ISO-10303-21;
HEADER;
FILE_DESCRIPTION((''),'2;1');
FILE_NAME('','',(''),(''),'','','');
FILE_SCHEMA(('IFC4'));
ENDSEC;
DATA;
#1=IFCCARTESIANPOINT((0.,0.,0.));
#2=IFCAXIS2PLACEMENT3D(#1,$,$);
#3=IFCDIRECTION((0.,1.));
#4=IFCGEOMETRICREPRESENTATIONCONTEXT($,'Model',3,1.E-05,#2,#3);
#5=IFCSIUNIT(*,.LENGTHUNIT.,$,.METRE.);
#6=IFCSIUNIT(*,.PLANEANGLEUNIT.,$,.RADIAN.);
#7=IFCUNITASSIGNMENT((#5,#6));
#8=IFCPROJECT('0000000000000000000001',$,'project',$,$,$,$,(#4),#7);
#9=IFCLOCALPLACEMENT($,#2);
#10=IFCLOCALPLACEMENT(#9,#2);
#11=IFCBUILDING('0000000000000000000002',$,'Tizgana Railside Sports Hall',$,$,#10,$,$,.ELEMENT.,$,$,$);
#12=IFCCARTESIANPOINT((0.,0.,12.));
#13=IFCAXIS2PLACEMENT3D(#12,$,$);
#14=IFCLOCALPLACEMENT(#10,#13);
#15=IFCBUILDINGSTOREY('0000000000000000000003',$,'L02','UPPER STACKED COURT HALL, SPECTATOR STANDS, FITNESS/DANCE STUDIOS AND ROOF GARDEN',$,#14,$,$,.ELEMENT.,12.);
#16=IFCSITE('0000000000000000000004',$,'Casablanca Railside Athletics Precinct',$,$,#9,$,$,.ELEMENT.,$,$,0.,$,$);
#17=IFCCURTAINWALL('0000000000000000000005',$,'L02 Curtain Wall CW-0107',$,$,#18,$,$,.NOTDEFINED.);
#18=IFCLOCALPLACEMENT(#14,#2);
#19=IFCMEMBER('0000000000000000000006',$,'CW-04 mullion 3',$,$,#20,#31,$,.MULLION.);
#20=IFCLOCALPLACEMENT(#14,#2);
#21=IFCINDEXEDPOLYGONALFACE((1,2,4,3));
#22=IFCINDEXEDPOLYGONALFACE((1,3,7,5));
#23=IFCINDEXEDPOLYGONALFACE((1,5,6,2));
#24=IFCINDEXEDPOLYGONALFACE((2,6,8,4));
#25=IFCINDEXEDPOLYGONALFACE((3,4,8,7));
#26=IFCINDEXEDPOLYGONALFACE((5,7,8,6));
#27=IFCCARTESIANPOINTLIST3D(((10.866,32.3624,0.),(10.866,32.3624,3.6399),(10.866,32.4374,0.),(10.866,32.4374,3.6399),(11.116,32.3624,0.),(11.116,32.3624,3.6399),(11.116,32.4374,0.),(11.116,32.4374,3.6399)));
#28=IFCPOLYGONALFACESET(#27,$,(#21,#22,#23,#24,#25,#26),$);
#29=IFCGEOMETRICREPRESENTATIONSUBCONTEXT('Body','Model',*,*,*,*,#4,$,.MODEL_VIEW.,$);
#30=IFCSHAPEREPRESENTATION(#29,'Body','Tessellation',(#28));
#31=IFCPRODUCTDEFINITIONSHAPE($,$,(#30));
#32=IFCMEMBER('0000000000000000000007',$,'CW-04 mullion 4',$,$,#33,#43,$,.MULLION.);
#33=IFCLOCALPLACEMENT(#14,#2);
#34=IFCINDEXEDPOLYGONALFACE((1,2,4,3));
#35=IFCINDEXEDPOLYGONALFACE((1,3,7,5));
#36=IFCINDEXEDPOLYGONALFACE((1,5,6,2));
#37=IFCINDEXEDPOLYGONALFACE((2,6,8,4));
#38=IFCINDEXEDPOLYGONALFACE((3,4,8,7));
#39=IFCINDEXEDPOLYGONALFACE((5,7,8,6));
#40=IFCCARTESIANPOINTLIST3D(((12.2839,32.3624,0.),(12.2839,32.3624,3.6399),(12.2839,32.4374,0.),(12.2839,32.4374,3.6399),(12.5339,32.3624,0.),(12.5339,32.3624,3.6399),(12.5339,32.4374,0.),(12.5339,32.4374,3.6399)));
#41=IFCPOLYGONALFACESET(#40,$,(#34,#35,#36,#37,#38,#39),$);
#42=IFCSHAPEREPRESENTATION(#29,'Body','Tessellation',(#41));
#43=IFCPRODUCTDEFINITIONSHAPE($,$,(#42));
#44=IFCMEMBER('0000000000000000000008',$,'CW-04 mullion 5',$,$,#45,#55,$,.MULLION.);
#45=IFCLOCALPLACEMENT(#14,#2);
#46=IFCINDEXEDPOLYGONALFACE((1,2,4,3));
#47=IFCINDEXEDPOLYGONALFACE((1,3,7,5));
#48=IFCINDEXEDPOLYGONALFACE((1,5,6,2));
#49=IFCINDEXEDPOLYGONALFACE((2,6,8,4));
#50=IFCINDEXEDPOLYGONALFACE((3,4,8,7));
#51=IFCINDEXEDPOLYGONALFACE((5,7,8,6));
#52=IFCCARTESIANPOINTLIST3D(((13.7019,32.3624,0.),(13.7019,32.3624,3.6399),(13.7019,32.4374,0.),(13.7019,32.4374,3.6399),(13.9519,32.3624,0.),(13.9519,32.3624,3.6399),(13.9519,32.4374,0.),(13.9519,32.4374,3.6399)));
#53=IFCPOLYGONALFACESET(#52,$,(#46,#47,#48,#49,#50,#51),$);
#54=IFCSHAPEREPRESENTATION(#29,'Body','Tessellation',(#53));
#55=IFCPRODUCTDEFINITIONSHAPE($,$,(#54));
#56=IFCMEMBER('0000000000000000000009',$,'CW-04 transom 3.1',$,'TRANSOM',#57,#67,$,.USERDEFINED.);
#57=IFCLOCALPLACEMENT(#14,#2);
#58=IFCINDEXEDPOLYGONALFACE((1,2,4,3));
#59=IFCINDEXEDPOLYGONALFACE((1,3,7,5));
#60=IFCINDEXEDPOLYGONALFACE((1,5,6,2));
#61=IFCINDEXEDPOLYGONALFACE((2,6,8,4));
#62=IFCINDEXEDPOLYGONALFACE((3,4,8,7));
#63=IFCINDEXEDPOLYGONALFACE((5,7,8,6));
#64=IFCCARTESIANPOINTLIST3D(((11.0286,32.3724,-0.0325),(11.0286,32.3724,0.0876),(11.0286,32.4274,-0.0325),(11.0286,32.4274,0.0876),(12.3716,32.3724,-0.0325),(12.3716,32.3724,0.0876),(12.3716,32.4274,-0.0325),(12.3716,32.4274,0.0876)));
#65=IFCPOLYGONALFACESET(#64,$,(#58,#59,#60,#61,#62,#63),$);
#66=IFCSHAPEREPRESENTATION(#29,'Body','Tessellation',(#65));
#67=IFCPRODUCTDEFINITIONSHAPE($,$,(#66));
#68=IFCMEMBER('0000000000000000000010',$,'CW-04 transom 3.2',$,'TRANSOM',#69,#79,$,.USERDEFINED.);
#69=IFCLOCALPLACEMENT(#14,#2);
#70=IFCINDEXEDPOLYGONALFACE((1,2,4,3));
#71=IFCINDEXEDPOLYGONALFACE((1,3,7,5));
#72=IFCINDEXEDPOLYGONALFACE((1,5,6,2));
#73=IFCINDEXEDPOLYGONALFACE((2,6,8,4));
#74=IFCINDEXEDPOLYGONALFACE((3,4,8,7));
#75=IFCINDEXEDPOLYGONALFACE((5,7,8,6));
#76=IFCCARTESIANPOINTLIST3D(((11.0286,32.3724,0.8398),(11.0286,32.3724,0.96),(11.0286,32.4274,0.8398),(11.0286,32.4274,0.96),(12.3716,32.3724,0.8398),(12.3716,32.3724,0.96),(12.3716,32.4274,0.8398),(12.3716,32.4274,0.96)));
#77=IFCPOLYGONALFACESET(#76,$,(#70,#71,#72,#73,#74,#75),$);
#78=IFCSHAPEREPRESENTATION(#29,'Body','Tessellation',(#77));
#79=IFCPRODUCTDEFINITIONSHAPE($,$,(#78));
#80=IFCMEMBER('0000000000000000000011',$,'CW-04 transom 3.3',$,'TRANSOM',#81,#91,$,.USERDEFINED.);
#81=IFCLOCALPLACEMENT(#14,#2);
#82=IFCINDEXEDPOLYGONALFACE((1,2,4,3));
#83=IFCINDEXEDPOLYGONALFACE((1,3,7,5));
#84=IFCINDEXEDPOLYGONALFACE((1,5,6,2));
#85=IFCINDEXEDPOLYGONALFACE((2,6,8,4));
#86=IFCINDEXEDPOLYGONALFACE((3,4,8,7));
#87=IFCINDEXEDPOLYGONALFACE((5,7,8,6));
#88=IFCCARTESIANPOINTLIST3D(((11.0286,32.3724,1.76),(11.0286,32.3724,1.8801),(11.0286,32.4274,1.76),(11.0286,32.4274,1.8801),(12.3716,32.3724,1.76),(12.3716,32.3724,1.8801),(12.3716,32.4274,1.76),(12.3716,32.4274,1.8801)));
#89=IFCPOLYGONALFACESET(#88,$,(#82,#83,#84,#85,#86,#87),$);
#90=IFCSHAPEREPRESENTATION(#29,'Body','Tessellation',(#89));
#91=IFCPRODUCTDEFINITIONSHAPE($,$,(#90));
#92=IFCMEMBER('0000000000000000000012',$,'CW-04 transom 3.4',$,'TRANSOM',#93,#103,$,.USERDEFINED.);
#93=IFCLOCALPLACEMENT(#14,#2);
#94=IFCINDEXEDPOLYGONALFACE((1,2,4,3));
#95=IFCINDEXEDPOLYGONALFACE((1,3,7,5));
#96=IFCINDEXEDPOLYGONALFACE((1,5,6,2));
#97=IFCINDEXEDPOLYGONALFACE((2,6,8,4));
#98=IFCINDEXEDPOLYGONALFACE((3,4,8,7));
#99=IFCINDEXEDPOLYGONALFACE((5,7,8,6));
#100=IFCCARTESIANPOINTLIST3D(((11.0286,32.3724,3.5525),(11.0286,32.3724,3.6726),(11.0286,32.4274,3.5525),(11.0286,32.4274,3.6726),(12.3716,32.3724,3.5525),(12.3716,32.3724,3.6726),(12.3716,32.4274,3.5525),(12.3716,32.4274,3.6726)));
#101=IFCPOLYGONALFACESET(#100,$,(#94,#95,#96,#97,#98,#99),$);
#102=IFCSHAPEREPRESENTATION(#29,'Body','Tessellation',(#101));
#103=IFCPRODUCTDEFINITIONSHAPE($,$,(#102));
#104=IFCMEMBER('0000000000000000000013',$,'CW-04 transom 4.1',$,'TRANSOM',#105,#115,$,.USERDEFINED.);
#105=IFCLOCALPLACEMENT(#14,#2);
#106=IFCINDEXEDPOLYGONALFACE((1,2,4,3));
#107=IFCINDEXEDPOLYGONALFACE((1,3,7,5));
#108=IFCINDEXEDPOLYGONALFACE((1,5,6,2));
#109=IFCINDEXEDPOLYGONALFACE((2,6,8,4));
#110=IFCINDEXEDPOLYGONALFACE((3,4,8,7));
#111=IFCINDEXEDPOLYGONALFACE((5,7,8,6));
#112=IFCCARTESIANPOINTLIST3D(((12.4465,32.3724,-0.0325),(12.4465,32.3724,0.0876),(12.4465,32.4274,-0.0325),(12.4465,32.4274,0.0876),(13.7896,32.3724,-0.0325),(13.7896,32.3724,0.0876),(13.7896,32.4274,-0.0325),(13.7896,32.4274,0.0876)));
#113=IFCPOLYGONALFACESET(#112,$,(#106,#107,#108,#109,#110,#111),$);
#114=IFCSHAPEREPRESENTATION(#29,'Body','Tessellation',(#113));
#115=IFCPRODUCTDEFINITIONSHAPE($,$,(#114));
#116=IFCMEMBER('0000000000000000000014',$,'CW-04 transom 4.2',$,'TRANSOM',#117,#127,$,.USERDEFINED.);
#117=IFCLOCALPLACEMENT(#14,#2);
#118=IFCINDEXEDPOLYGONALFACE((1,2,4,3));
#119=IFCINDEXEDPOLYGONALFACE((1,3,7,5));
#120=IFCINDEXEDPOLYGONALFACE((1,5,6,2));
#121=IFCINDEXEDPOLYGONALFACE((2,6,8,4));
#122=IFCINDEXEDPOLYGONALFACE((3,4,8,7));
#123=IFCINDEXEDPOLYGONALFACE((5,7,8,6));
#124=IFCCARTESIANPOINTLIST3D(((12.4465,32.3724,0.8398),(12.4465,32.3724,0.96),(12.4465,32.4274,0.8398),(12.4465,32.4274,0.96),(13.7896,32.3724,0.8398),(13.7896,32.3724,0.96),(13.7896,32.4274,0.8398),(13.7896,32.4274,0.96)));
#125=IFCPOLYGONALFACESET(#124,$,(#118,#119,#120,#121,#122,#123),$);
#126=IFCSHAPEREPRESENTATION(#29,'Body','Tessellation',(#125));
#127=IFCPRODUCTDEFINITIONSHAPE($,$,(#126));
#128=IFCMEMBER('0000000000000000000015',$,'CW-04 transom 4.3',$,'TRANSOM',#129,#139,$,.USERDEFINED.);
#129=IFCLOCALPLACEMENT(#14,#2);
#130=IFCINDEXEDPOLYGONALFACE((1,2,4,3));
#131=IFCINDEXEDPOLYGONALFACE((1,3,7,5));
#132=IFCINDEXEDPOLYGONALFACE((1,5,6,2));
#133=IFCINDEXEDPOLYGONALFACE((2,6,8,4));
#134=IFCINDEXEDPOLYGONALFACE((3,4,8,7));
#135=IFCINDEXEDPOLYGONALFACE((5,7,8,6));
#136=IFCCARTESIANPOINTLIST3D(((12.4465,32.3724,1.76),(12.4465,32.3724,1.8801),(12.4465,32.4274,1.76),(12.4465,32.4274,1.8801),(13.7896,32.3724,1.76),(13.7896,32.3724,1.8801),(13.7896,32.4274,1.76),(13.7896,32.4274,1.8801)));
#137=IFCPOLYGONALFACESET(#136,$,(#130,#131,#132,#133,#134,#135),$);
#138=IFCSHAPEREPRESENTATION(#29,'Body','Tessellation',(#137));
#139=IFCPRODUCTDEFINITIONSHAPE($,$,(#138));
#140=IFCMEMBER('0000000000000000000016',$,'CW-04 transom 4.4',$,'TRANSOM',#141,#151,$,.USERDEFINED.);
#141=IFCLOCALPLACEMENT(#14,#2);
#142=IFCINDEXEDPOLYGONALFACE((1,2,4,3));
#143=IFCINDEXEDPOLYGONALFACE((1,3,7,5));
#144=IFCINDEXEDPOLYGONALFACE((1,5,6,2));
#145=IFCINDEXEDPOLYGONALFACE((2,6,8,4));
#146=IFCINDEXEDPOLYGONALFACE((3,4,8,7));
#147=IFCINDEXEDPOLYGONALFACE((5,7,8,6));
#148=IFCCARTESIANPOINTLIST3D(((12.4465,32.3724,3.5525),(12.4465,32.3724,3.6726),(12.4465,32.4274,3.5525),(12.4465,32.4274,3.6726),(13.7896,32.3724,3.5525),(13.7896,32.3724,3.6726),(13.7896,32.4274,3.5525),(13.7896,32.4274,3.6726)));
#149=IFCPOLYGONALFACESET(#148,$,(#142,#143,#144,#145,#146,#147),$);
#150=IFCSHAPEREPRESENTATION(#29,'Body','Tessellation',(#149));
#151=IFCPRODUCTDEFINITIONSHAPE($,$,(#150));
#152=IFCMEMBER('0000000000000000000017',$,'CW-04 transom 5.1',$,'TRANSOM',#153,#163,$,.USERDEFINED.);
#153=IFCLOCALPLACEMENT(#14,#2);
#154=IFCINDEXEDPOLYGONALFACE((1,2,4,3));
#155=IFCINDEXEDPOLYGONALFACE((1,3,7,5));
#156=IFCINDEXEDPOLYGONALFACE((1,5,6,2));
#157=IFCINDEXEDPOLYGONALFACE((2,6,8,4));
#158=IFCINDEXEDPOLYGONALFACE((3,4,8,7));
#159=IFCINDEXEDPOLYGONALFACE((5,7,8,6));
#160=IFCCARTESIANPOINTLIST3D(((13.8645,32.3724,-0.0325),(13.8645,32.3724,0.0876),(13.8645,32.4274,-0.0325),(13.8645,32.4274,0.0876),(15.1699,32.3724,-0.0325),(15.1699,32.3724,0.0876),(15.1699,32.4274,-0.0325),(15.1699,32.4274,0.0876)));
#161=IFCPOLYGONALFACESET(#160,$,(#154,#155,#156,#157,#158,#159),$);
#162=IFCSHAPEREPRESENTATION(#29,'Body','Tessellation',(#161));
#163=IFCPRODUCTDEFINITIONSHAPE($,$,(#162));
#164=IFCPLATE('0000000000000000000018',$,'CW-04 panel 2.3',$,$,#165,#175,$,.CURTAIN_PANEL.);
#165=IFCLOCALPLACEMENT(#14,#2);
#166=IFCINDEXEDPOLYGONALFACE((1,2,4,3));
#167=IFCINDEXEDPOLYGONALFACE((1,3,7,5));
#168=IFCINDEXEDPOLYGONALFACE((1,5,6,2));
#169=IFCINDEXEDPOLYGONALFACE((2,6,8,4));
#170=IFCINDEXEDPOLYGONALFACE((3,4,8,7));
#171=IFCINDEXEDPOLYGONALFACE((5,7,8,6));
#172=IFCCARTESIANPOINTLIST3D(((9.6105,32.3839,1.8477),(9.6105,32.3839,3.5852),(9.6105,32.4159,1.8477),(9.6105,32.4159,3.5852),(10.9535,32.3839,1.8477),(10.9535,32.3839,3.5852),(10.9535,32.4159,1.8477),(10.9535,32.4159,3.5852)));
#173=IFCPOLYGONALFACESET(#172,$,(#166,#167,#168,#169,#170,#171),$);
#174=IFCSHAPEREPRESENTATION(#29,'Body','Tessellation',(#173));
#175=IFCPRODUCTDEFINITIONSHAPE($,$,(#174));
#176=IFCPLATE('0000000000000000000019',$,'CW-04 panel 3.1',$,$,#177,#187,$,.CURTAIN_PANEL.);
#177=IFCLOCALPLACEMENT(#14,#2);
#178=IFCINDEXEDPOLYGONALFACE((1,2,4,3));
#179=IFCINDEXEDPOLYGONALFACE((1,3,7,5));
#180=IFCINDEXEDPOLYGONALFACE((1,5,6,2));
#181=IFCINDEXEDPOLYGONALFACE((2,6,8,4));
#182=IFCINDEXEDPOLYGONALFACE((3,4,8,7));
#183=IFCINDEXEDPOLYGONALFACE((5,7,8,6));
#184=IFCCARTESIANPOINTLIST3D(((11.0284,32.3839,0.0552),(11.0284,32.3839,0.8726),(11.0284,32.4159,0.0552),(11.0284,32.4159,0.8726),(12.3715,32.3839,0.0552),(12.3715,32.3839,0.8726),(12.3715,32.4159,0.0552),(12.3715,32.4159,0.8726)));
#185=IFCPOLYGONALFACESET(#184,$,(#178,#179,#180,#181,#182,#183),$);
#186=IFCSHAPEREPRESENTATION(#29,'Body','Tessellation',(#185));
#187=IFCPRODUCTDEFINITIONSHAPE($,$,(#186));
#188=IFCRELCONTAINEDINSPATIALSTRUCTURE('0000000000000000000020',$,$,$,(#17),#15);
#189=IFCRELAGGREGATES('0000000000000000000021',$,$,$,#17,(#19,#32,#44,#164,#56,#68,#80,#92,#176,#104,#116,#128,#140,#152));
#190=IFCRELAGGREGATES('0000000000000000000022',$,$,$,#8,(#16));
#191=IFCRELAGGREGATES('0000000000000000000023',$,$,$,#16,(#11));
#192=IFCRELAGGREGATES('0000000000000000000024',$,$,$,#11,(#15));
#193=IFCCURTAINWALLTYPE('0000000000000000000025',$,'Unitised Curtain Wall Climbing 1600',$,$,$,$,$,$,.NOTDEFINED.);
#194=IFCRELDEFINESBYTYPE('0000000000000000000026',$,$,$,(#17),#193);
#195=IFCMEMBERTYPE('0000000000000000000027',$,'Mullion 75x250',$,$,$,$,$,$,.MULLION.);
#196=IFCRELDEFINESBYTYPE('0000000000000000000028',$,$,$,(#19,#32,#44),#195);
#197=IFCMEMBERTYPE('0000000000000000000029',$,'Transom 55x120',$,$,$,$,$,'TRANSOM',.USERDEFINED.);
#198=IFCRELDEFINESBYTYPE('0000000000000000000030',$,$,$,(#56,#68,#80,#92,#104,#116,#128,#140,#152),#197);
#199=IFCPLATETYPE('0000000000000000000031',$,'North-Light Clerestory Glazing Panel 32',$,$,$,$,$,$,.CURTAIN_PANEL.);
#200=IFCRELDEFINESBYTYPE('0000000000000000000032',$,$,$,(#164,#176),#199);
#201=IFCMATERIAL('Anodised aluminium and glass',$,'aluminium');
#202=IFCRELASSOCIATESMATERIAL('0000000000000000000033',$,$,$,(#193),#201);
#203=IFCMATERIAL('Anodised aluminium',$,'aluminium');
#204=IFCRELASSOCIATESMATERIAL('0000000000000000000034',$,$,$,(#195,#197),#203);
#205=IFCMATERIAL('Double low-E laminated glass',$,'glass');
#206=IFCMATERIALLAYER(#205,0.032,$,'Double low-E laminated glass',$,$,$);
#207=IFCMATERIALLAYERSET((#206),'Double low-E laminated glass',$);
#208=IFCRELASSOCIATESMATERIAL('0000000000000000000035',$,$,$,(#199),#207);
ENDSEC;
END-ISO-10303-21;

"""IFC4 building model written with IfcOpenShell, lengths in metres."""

from ifc_helpers import new_model, si_unit, direction, frame, origin, origin_2d, place, context, subcontext, project, spatial, rectangle, extrude, material, layer, layer_set, material_profile, profile_set, type_object, element, aggregate, save


model = new_model("IFC4")

# Units and contexts
model_context = context("Model", 3, precision=1e-05, world=origin(), true_north=direction((0.0, 1.0)))
body_context = subcontext(model_context, "Body", "Model", "MODEL_VIEW")
ifc_project = project(units=[si_unit("LENGTHUNIT", "METRE"), si_unit("PLANEANGLEUNIT", "RADIAN")], contexts=[model_context])

# Site, building, storey
site_placement = place(None, origin())
site = spatial("IfcSite", under=ifc_project, at=site_placement, Name="Casablanca Railside Athletics Precinct", CompositionType="ELEMENT", RefElevation=0.0)
building_placement = place(site_placement, origin())
building = spatial("IfcBuilding", under=site, at=building_placement, Name="Tizgana Railside Sports Hall", CompositionType="ELEMENT")
storey_placement = place(building_placement, frame((0.0, 0.0, 12.0)))
storey = spatial("IfcBuildingStorey", under=building, at=storey_placement, Name="L02", Description="UPPER STACKED COURT HALL, SPECTATOR STANDS, FITNESS/DANCE STUDIOS AND ROOF GARDEN", CompositionType="ELEMENT", Elevation=12.0)

# Curtain wall, members, plates
ifc_material_1 = material(Name="Anodised aluminium and glass", Category="aluminium")
curtain_wall_type = type_object("IfcCurtainWallType", Name="Unitised Curtain Wall Climbing 1600", PredefinedType="NOTDEFINED", material=ifc_material_1)
curtain_wall_placement = place(storey_placement, origin())
curtain_wall = element("IfcCurtainWall", 1, at=curtain_wall_placement, inside=storey, type_object=curtain_wall_type, Name="L02 Curtain Wall CW-0107", PredefinedType="NOTDEFINED")
ifc_material_2 = material(Name="Anodised aluminium", Category="aluminium")
ifc_material_profile_1 = material_profile(ifc_material_2, rectangle(XDim=0.075, YDim=0.25, at=origin_2d()), Name="Mullion 75x250")
ifc_profile_set_1 = profile_set([ifc_material_profile_1], Name="Anodised aluminium")
member_type_1 = type_object("IfcMemberType", Name="Mullion 75x250", PredefinedType="MULLION", material=ifc_profile_set_1)
member_1_placement = place(storey_placement, frame((10.991, 32.3999, 0.0), z_axis=(0.0, 0.0, 1.0), x_axis=(0.0, 1.0, 0.0)))
member_1 = element("IfcMember", 2, at=member_1_placement, type_object=member_type_1, Name="CW-04 mullion 3", PredefinedType="MULLION", context=body_context, shape_type="SweptSolid", body=[
    extrude(rectangle(XDim=0.075, YDim=0.25, at=origin_2d()), origin(), (0.0, 0.0, 1.0), 3.6399),
])
member_2_placement = place(storey_placement, frame((12.4089, 32.3999, 0.0), z_axis=(0.0, 0.0, 1.0), x_axis=(0.0, 1.0, 0.0)))
member_2 = element("IfcMember", 3, at=member_2_placement, type_object=member_type_1, Name="CW-04 mullion 4", PredefinedType="MULLION", context=body_context, shape_type="SweptSolid", body=[
    extrude(rectangle(XDim=0.075, YDim=0.25, at=origin_2d()), origin(), (0.0, 0.0, 1.0), 3.6399),
])
member_3_placement = place(storey_placement, frame((13.8269, 32.3999, 0.0), z_axis=(0.0, 0.0, 1.0), x_axis=(0.0, 1.0, 0.0)))
member_3 = element("IfcMember", 4, at=member_3_placement, type_object=member_type_1, Name="CW-04 mullion 5", PredefinedType="MULLION", context=body_context, shape_type="SweptSolid", body=[
    extrude(rectangle(XDim=0.075, YDim=0.25, at=origin_2d()), origin(), (0.0, 0.0, 1.0), 3.6399),
])
ifc_material_profile_2 = material_profile(ifc_material_2, rectangle(XDim=0.0549, YDim=0.1201, at=origin_2d()), Name="Transom 55x120")
ifc_profile_set_2 = profile_set([ifc_material_profile_2], Name="Anodised aluminium")
member_type_2 = type_object("IfcMemberType", Name="Transom 55x120", ElementType="TRANSOM", PredefinedType="USERDEFINED", material=ifc_profile_set_2)
member_4_placement = place(storey_placement, frame((11.0286, 32.3999, 0.0276), z_axis=(1.0, 0.0, 0.0), x_axis=(0.0, 1.0, 0.0)))
member_4 = element("IfcMember", 5, at=member_4_placement, type_object=member_type_2, Name="CW-04 transom 3.1", ObjectType="TRANSOM", PredefinedType="USERDEFINED", context=body_context, shape_type="SweptSolid", body=[
    extrude(rectangle(XDim=0.0549, YDim=0.1201, at=origin_2d()), origin(), (0.0, 0.0, 1.0), 1.343),
])
member_5_placement = place(storey_placement, frame((11.0286, 32.3999, 0.8999), z_axis=(1.0, 0.0, 0.0), x_axis=(0.0, 1.0, 0.0)))
member_5 = element("IfcMember", 6, at=member_5_placement, type_object=member_type_2, Name="CW-04 transom 3.2", ObjectType="TRANSOM", PredefinedType="USERDEFINED", context=body_context, shape_type="SweptSolid", body=[
    extrude(rectangle(XDim=0.0549, YDim=0.1201, at=origin_2d()), origin(), (0.0, 0.0, 1.0), 1.343),
])
member_6_placement = place(storey_placement, frame((11.0286, 32.3999, 1.8201), z_axis=(1.0, 0.0, 0.0), x_axis=(0.0, 1.0, 0.0)))
member_6 = element("IfcMember", 7, at=member_6_placement, type_object=member_type_2, Name="CW-04 transom 3.3", ObjectType="TRANSOM", PredefinedType="USERDEFINED", context=body_context, shape_type="SweptSolid", body=[
    extrude(rectangle(XDim=0.0549, YDim=0.1201, at=origin_2d()), origin(), (0.0, 0.0, 1.0), 1.343),
])
member_7_placement = place(storey_placement, frame((11.0286, 32.3999, 3.6125), z_axis=(1.0, 0.0, 0.0), x_axis=(0.0, 1.0, 0.0)))
member_7 = element("IfcMember", 8, at=member_7_placement, type_object=member_type_2, Name="CW-04 transom 3.4", ObjectType="TRANSOM", PredefinedType="USERDEFINED", context=body_context, shape_type="SweptSolid", body=[
    extrude(rectangle(XDim=0.0549, YDim=0.1201, at=origin_2d()), origin(), (0.0, 0.0, 1.0), 1.343),
])
member_8_placement = place(storey_placement, frame((12.4465, 32.3999, 0.0276), z_axis=(1.0, 0.0, 0.0), x_axis=(0.0, 1.0, 0.0)))
member_8 = element("IfcMember", 9, at=member_8_placement, type_object=member_type_2, Name="CW-04 transom 4.1", ObjectType="TRANSOM", PredefinedType="USERDEFINED", context=body_context, shape_type="SweptSolid", body=[
    extrude(rectangle(XDim=0.0549, YDim=0.1201, at=origin_2d()), origin(), (0.0, 0.0, 1.0), 1.343),
])
member_9_placement = place(storey_placement, frame((12.4465, 32.3999, 0.8999), z_axis=(1.0, 0.0, 0.0), x_axis=(0.0, 1.0, 0.0)))
member_9 = element("IfcMember", 10, at=member_9_placement, type_object=member_type_2, Name="CW-04 transom 4.2", ObjectType="TRANSOM", PredefinedType="USERDEFINED", context=body_context, shape_type="SweptSolid", body=[
    extrude(rectangle(XDim=0.0549, YDim=0.1201, at=origin_2d()), origin(), (0.0, 0.0, 1.0), 1.343),
])
member_10_placement = place(storey_placement, frame((12.4465, 32.3999, 1.8201), z_axis=(1.0, 0.0, 0.0), x_axis=(0.0, 1.0, 0.0)))
member_10 = element("IfcMember", 11, at=member_10_placement, type_object=member_type_2, Name="CW-04 transom 4.3", ObjectType="TRANSOM", PredefinedType="USERDEFINED", context=body_context, shape_type="SweptSolid", body=[
    extrude(rectangle(XDim=0.0549, YDim=0.1201, at=origin_2d()), origin(), (0.0, 0.0, 1.0), 1.343),
])
member_11_placement = place(storey_placement, frame((12.4465, 32.3999, 3.6125), z_axis=(1.0, 0.0, 0.0), x_axis=(0.0, 1.0, 0.0)))
member_11 = element("IfcMember", 12, at=member_11_placement, type_object=member_type_2, Name="CW-04 transom 4.4", ObjectType="TRANSOM", PredefinedType="USERDEFINED", context=body_context, shape_type="SweptSolid", body=[
    extrude(rectangle(XDim=0.0549, YDim=0.1201, at=origin_2d()), origin(), (0.0, 0.0, 1.0), 1.343),
])
member_12_placement = place(storey_placement, frame((13.8645, 32.3999, 0.0276), z_axis=(1.0, 0.0, 0.0), x_axis=(0.0, 1.0, 0.0)))
member_12 = element("IfcMember", 13, at=member_12_placement, type_object=member_type_2, Name="CW-04 transom 5.1", ObjectType="TRANSOM", PredefinedType="USERDEFINED", context=body_context, shape_type="SweptSolid", body=[
    extrude(rectangle(XDim=0.0549, YDim=0.1201, at=origin_2d()), origin(), (0.0, 0.0, 1.0), 1.3054),
])
ifc_material_3 = material(Name="Double low-E laminated glass", Category="glass")
ifc_layer = layer(ifc_material_3, 0.032, Name="Double low-E laminated glass")
ifc_layer_set = layer_set([ifc_layer], Name="Double low-E laminated glass")
plate_type = type_object("IfcPlateType", Name="North-Light Clerestory Glazing Panel 32", PredefinedType="CURTAIN_PANEL", material=ifc_layer_set)
plate_1_placement = place(storey_placement, frame((10.282, 32.3999, 1.8477), z_axis=(0.0, 0.0, 1.0), x_axis=(1.0, 0.0, 0.0)))
plate_1 = element("IfcPlate", 14, at=plate_1_placement, type_object=plate_type, Name="CW-04 panel 2.3", PredefinedType="CURTAIN_PANEL", context=body_context, shape_type="SweptSolid", body=[
    extrude(rectangle(XDim=1.343, YDim=0.032, at=origin_2d()), origin(), (0.0, 0.0, 1.0), 1.7375),
])
plate_2_placement = place(storey_placement, frame((11.7, 32.3999, 0.0552), z_axis=(0.0, 0.0, 1.0), x_axis=(1.0, 0.0, 0.0)))
plate_2 = element("IfcPlate", 15, at=plate_2_placement, type_object=plate_type, Name="CW-04 panel 3.1", PredefinedType="CURTAIN_PANEL", context=body_context, shape_type="SweptSolid", body=[
    extrude(rectangle(XDim=1.343, YDim=0.032, at=origin_2d()), origin(), (0.0, 0.0, 1.0), 0.8174),
])
aggregate(curtain_wall, [member_1, member_2, member_3, plate_1, member_4, member_5, member_6, member_7, plate_2, member_8, member_9, member_10, member_11, member_12])

save(model, "model.ifc")
